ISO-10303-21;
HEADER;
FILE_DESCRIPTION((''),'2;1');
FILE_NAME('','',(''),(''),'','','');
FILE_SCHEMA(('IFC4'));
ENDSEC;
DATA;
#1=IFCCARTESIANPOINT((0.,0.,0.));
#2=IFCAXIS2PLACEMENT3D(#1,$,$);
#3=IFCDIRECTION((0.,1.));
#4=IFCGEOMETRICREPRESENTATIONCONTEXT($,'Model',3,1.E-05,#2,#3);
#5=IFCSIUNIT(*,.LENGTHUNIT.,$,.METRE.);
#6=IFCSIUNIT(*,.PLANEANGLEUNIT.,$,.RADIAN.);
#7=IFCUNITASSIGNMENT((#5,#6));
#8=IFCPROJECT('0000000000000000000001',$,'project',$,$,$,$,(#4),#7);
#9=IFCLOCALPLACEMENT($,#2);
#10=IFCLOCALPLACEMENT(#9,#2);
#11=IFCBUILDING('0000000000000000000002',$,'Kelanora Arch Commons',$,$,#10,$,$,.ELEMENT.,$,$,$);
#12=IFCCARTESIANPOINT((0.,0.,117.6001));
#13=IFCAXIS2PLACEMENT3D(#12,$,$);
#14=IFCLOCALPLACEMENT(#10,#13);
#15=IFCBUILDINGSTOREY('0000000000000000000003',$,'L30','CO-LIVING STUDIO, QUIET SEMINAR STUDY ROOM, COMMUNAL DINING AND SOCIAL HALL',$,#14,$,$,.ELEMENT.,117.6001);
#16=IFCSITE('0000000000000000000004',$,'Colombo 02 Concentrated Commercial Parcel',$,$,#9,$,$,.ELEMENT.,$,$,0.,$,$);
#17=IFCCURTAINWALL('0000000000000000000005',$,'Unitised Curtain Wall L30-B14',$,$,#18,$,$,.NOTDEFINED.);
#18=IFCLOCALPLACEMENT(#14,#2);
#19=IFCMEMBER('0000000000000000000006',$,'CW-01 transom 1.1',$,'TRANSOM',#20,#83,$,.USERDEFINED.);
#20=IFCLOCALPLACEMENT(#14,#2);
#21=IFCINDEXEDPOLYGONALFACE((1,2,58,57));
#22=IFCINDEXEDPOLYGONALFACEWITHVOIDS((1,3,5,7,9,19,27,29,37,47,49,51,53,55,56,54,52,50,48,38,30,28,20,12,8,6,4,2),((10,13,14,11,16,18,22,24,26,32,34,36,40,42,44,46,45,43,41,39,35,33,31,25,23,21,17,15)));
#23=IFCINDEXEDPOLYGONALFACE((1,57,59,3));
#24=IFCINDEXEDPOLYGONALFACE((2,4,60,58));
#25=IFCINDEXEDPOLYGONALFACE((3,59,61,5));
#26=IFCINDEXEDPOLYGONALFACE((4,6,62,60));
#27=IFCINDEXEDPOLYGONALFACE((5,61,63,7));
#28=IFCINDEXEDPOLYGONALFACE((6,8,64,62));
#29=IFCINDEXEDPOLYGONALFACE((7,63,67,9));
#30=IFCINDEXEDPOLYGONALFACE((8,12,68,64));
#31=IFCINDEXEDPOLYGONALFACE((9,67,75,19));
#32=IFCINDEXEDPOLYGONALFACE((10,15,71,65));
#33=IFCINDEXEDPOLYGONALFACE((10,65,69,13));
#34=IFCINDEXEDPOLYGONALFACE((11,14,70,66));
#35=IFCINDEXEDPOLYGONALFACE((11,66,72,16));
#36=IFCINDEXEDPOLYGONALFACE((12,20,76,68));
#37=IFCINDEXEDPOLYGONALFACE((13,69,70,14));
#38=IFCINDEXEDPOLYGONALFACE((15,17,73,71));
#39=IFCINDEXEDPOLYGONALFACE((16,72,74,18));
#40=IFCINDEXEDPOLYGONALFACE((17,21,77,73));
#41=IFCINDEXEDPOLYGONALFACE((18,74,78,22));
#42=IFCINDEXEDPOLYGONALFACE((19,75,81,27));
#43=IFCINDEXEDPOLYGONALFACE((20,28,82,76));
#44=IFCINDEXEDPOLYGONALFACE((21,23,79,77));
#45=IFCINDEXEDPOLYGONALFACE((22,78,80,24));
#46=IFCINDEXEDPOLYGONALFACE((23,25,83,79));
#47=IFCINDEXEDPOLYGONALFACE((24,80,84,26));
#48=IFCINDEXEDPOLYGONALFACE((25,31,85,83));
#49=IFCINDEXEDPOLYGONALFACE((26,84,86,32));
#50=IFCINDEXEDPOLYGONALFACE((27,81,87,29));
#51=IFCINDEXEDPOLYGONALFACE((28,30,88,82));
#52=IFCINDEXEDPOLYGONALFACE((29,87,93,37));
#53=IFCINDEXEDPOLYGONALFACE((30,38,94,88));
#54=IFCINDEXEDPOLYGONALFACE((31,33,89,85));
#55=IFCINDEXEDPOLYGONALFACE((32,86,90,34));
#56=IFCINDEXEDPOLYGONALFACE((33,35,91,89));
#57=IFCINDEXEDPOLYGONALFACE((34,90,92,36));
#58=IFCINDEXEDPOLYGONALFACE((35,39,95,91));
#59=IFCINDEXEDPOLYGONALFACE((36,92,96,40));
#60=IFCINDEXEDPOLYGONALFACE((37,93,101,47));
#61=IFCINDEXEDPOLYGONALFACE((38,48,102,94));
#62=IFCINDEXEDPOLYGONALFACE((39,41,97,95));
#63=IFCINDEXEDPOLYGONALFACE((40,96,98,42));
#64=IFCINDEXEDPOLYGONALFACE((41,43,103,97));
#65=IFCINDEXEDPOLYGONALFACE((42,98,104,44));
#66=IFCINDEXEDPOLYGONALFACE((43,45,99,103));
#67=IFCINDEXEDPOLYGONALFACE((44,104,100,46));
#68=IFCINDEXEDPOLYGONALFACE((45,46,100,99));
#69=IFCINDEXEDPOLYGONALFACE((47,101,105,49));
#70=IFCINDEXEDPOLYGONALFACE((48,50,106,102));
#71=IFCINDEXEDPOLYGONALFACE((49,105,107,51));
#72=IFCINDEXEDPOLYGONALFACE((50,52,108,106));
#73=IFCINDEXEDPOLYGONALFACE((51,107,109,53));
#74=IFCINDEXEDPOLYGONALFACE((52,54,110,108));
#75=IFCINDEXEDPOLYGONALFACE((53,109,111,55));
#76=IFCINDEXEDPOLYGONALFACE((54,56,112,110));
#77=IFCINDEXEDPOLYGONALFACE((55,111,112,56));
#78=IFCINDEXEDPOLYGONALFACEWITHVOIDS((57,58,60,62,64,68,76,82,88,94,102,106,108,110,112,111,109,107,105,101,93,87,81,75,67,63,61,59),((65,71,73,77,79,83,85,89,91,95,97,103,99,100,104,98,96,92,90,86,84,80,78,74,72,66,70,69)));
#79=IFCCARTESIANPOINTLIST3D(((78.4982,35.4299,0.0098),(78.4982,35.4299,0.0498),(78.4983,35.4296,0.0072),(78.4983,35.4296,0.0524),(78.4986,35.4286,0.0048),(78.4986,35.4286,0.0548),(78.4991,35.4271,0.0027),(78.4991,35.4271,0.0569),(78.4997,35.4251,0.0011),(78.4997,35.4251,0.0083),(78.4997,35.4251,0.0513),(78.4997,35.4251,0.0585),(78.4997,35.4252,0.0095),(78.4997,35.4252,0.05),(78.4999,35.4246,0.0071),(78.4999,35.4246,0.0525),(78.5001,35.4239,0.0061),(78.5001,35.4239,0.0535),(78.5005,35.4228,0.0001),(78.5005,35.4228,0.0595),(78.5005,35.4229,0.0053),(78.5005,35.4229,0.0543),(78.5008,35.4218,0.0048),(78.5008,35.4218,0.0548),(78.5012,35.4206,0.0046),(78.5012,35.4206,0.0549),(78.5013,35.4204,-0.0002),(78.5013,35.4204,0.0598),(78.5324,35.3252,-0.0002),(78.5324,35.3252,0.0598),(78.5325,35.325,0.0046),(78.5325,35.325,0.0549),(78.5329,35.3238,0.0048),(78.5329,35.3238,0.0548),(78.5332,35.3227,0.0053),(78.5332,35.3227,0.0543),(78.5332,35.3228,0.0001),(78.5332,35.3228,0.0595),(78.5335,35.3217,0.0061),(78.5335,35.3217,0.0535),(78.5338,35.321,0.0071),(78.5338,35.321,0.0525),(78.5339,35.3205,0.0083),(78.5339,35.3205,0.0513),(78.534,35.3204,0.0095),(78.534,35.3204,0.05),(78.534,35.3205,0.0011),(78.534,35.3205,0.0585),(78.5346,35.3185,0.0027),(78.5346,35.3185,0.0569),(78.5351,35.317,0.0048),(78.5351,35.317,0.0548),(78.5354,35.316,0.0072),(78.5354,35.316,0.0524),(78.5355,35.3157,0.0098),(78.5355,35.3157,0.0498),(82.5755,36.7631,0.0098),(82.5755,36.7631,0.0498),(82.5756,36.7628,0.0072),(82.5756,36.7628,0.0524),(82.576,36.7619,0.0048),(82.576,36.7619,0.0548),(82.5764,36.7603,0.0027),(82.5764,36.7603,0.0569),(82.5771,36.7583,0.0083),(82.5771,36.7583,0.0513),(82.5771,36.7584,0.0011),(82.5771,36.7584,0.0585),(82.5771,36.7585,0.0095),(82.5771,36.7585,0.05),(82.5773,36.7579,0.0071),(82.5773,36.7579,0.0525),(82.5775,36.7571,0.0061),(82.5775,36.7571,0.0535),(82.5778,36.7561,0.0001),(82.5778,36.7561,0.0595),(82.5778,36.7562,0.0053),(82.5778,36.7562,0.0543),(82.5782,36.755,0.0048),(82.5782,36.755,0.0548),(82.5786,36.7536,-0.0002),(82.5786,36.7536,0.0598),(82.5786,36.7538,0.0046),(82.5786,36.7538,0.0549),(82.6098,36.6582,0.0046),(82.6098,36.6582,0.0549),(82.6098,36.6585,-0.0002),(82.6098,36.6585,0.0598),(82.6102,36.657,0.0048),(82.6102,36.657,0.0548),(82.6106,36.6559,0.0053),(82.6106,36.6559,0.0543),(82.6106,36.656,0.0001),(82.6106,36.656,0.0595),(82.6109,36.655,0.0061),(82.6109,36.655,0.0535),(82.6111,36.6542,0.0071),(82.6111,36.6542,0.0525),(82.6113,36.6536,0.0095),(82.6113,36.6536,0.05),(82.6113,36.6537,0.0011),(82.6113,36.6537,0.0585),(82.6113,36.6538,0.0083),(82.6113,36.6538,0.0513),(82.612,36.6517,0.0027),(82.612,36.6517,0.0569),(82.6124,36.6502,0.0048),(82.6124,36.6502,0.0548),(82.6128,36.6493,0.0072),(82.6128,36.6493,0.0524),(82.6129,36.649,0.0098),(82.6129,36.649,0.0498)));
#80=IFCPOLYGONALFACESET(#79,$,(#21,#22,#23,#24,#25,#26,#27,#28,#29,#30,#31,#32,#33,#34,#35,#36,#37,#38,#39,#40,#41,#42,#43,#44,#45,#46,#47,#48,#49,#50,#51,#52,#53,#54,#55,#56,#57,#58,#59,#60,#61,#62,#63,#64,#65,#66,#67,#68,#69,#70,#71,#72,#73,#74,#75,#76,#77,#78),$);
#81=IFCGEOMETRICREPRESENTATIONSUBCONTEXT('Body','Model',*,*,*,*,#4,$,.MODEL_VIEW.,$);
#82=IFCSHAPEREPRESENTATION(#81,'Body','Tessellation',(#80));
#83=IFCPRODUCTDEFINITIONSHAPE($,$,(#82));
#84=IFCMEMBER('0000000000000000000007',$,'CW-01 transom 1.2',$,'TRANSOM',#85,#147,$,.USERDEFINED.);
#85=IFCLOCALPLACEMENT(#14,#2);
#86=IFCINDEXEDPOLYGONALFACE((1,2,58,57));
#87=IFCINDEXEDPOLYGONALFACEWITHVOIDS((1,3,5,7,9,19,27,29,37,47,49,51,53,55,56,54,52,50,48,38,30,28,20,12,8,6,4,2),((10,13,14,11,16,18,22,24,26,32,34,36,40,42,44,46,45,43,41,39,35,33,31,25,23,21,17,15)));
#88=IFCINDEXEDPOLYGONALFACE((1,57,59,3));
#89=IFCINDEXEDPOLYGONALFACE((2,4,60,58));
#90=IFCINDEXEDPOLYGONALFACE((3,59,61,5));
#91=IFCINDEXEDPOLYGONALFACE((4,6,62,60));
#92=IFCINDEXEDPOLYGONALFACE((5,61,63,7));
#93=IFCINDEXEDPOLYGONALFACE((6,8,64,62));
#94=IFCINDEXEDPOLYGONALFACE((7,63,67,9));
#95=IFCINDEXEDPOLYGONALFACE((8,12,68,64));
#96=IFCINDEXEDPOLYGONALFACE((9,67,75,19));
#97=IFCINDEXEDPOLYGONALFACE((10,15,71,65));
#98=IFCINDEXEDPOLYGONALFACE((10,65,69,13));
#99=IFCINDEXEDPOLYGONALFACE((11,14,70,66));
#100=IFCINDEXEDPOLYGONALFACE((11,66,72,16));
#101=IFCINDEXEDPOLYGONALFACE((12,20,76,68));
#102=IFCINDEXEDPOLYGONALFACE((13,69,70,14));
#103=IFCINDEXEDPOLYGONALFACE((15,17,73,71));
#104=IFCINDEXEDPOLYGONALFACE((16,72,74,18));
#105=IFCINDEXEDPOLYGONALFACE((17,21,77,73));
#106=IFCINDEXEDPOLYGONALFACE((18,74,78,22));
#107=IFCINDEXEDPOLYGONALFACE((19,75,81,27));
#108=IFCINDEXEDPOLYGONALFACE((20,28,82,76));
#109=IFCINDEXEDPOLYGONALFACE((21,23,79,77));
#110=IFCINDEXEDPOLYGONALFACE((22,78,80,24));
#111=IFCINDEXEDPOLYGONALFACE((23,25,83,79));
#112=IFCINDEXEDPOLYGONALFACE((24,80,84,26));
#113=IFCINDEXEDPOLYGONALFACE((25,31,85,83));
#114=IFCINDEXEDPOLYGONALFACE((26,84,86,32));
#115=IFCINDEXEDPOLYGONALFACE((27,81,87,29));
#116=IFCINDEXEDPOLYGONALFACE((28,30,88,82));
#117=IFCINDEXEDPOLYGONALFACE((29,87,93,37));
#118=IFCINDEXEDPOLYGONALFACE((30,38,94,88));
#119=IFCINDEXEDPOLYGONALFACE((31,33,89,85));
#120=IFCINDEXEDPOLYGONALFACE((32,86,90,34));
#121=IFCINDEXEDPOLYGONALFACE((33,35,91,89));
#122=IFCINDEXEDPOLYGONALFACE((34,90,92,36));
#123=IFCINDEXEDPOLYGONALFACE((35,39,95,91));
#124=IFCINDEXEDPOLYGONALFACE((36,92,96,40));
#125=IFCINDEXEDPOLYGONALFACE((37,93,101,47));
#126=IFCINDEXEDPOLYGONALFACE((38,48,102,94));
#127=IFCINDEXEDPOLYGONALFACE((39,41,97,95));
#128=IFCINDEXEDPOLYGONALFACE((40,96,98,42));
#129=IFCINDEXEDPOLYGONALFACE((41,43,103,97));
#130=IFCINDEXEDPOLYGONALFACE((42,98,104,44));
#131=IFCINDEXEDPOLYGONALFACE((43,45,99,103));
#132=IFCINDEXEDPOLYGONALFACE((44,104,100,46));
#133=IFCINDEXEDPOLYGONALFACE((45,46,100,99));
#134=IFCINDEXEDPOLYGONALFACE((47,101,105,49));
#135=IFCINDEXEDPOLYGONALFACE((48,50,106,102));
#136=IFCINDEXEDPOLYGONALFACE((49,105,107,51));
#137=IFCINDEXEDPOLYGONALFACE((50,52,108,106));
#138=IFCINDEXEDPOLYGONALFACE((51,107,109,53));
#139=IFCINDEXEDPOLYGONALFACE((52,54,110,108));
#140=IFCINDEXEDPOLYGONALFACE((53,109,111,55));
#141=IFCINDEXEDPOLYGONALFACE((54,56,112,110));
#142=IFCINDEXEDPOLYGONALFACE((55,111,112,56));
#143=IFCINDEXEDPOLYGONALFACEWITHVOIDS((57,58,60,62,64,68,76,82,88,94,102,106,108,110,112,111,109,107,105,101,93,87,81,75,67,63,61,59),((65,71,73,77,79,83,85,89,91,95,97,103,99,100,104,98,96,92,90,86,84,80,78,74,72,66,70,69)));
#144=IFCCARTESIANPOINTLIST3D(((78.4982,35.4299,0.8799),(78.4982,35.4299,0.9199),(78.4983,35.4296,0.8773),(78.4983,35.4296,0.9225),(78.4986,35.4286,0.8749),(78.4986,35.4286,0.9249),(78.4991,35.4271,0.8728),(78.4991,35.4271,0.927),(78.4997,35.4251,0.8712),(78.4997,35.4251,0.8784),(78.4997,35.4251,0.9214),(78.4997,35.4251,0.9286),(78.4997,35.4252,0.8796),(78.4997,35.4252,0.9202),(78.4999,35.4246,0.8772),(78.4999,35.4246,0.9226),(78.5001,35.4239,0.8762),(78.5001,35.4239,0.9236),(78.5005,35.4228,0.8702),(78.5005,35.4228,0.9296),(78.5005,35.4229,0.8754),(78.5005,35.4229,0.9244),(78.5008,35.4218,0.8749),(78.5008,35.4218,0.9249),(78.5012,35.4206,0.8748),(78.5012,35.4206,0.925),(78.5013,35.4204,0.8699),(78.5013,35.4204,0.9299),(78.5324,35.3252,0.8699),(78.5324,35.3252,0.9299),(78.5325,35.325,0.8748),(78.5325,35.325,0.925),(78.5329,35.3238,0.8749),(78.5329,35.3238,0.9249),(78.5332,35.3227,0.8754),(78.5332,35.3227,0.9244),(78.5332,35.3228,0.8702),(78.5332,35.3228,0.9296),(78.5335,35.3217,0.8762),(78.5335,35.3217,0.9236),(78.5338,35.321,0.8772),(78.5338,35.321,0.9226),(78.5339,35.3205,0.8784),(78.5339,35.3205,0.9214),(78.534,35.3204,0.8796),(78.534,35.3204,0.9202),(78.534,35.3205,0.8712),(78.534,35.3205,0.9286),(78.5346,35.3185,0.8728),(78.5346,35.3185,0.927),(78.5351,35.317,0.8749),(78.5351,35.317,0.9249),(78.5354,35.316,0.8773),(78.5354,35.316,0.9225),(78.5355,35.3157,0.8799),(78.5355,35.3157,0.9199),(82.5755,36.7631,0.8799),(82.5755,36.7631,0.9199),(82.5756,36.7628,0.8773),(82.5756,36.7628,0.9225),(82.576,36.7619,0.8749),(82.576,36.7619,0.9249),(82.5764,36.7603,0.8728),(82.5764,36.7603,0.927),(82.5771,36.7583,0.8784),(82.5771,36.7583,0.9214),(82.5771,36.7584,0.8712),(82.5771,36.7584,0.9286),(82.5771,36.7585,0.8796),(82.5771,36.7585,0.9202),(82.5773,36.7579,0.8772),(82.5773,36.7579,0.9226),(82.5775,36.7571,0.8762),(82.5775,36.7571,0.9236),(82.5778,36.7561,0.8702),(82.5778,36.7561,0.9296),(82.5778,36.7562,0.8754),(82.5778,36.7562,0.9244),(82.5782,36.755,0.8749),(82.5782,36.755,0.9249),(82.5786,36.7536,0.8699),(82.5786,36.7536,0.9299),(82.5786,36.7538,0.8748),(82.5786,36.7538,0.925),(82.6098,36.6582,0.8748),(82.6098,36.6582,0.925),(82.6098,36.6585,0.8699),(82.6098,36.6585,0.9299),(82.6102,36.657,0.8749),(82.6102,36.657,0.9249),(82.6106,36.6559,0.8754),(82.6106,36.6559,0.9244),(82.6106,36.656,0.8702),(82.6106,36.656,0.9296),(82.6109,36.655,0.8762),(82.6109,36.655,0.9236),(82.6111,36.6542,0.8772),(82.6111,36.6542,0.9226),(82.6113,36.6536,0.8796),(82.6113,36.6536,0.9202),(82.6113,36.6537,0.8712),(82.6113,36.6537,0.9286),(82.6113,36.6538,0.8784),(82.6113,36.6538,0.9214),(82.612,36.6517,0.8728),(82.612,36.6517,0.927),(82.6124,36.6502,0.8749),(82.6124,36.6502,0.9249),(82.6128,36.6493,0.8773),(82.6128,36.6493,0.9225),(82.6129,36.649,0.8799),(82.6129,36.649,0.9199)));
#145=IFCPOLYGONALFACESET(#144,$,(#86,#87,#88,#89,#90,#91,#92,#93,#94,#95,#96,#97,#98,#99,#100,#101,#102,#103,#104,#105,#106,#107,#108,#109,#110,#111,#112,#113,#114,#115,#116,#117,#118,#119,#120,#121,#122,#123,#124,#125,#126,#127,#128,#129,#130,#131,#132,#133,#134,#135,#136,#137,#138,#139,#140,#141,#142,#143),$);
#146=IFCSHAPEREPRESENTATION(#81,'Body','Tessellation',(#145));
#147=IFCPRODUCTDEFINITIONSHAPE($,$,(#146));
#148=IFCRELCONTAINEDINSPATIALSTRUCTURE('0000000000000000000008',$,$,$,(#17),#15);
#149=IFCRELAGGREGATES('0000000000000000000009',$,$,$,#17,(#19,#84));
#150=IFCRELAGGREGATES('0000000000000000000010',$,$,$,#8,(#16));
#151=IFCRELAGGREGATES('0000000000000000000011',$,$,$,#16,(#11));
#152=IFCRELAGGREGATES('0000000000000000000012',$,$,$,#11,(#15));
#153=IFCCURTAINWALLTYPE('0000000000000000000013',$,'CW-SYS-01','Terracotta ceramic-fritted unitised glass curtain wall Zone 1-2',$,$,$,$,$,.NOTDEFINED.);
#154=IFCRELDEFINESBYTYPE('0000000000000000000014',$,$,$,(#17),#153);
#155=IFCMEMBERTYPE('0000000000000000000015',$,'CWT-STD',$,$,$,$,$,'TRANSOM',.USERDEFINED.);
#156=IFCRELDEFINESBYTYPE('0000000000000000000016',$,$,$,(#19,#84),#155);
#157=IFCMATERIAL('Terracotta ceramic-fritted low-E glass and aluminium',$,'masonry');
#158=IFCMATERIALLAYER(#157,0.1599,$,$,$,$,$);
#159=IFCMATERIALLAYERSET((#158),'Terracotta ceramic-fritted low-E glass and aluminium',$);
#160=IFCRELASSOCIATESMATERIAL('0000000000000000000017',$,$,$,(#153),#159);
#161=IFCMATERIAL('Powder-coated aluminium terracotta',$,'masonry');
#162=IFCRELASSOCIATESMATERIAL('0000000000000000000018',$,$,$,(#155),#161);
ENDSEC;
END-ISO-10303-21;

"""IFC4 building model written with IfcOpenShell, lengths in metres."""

from ifc_helpers import new_model, si_unit, direction, frame, origin, origin_2d, place, context, subcontext, project, spatial, hollow_rectangle, extrude, material, layer, layer_set, material_profile, profile_set, type_object, element, aggregate, save


model = new_model("IFC4")

# Units and contexts
model_context = context("Model", 3, precision=1e-05, world=origin(), true_north=direction((0.0, 1.0)))
body_context = subcontext(model_context, "Body", "Model", "MODEL_VIEW")
ifc_project = project(units=[si_unit("LENGTHUNIT", "METRE"), si_unit("PLANEANGLEUNIT", "RADIAN")], contexts=[model_context])

# Site, building, storey
site_placement = place(None, origin())
site = spatial("IfcSite", under=ifc_project, at=site_placement, Name="Colombo 02 Concentrated Commercial Parcel", CompositionType="ELEMENT", RefElevation=0.0)
building_placement = place(site_placement, origin())
building = spatial("IfcBuilding", under=site, at=building_placement, Name="Kelanora Arch Commons", CompositionType="ELEMENT")
storey_placement = place(building_placement, frame((0.0, 0.0, 117.6001)))
storey = spatial("IfcBuildingStorey", under=building, at=storey_placement, Name="L30", Description="CO-LIVING STUDIO, QUIET SEMINAR STUDY ROOM, COMMUNAL DINING AND SOCIAL HALL", CompositionType="ELEMENT", Elevation=117.6001)

# Curtain wall, members
ifc_material_1 = material(Name="Terracotta ceramic-fritted low-E glass and aluminium", Category="masonry")
ifc_layer_1 = layer(ifc_material_1, 0.1599)
ifc_layer_set_1 = layer_set([ifc_layer_1], Name="Terracotta ceramic-fritted low-E glass and aluminium")
curtain_wall_type = type_object("IfcCurtainWallType", Name="CW-SYS-01", Description="Terracotta ceramic-fritted unitised glass curtain wall Zone 1-2", PredefinedType="NOTDEFINED", material=ifc_layer_set_1)
curtain_wall_placement = place(storey_placement, origin())
curtain_wall = element("IfcCurtainWall", 1, at=curtain_wall_placement, inside=storey, type_object=curtain_wall_type, Name="Unitised Curtain Wall L30-B14", PredefinedType="NOTDEFINED")
ifc_material_2 = material(Name="Powder-coated aluminium terracotta", Category="masonry")
ifc_material_profile_1 = material_profile(ifc_material_2, hollow_rectangle(XDim=0.1201, YDim=0.0601, WallThickness=0.0049, InnerFilletRadius=0.0049, OuterFilletRadius=0.01, at=origin_2d()), Name="CWT120x60")
ifc_profile_set_1 = profile_set([ifc_material_profile_1], Name="Powder-coated aluminium terracotta")
member_type_1 = type_object("IfcMemberType", Name="CWT-STD", ElementType="TRANSOM", PredefinedType="USERDEFINED", material=ifc_profile_set_1)
member_1_placement = place(storey_placement, frame((78.5168, 35.3728, 0.0298), z_axis=(0.950478, 0.310793, 0.0), x_axis=(-0.310793, 0.950478, 0.0)))
member_1 = element("IfcMember", 2, at=member_1_placement, type_object=member_type_1, Name="CW-01 transom 1.1", ObjectType="TRANSOM", PredefinedType="USERDEFINED", context=body_context, shape_type="SweptSolid", body=[
    extrude(hollow_rectangle(XDim=0.1201, YDim=0.0601, WallThickness=0.0049, InnerFilletRadius=0.0049, OuterFilletRadius=0.01, at=origin_2d()), origin(), (0.0, 0.0, 1.0), 4.2898),
])
member_2_placement = place(storey_placement, frame((78.5168, 35.3728, 0.8999), z_axis=(0.950478, 0.310793, 0.0), x_axis=(-0.310793, 0.950478, 0.0)))
member_2 = element("IfcMember", 3, at=member_2_placement, type_object=member_type_1, Name="CW-01 transom 1.2", ObjectType="TRANSOM", PredefinedType="USERDEFINED", context=body_context, shape_type="SweptSolid", body=[
    extrude(hollow_rectangle(XDim=0.1201, YDim=0.0601, WallThickness=0.0049, InnerFilletRadius=0.0049, OuterFilletRadius=0.01, at=origin_2d()), origin(), (0.0, 0.0, 1.0), 4.2898),
])
aggregate(curtain_wall, [member_1, member_2])

save(model, "model.ifc")
